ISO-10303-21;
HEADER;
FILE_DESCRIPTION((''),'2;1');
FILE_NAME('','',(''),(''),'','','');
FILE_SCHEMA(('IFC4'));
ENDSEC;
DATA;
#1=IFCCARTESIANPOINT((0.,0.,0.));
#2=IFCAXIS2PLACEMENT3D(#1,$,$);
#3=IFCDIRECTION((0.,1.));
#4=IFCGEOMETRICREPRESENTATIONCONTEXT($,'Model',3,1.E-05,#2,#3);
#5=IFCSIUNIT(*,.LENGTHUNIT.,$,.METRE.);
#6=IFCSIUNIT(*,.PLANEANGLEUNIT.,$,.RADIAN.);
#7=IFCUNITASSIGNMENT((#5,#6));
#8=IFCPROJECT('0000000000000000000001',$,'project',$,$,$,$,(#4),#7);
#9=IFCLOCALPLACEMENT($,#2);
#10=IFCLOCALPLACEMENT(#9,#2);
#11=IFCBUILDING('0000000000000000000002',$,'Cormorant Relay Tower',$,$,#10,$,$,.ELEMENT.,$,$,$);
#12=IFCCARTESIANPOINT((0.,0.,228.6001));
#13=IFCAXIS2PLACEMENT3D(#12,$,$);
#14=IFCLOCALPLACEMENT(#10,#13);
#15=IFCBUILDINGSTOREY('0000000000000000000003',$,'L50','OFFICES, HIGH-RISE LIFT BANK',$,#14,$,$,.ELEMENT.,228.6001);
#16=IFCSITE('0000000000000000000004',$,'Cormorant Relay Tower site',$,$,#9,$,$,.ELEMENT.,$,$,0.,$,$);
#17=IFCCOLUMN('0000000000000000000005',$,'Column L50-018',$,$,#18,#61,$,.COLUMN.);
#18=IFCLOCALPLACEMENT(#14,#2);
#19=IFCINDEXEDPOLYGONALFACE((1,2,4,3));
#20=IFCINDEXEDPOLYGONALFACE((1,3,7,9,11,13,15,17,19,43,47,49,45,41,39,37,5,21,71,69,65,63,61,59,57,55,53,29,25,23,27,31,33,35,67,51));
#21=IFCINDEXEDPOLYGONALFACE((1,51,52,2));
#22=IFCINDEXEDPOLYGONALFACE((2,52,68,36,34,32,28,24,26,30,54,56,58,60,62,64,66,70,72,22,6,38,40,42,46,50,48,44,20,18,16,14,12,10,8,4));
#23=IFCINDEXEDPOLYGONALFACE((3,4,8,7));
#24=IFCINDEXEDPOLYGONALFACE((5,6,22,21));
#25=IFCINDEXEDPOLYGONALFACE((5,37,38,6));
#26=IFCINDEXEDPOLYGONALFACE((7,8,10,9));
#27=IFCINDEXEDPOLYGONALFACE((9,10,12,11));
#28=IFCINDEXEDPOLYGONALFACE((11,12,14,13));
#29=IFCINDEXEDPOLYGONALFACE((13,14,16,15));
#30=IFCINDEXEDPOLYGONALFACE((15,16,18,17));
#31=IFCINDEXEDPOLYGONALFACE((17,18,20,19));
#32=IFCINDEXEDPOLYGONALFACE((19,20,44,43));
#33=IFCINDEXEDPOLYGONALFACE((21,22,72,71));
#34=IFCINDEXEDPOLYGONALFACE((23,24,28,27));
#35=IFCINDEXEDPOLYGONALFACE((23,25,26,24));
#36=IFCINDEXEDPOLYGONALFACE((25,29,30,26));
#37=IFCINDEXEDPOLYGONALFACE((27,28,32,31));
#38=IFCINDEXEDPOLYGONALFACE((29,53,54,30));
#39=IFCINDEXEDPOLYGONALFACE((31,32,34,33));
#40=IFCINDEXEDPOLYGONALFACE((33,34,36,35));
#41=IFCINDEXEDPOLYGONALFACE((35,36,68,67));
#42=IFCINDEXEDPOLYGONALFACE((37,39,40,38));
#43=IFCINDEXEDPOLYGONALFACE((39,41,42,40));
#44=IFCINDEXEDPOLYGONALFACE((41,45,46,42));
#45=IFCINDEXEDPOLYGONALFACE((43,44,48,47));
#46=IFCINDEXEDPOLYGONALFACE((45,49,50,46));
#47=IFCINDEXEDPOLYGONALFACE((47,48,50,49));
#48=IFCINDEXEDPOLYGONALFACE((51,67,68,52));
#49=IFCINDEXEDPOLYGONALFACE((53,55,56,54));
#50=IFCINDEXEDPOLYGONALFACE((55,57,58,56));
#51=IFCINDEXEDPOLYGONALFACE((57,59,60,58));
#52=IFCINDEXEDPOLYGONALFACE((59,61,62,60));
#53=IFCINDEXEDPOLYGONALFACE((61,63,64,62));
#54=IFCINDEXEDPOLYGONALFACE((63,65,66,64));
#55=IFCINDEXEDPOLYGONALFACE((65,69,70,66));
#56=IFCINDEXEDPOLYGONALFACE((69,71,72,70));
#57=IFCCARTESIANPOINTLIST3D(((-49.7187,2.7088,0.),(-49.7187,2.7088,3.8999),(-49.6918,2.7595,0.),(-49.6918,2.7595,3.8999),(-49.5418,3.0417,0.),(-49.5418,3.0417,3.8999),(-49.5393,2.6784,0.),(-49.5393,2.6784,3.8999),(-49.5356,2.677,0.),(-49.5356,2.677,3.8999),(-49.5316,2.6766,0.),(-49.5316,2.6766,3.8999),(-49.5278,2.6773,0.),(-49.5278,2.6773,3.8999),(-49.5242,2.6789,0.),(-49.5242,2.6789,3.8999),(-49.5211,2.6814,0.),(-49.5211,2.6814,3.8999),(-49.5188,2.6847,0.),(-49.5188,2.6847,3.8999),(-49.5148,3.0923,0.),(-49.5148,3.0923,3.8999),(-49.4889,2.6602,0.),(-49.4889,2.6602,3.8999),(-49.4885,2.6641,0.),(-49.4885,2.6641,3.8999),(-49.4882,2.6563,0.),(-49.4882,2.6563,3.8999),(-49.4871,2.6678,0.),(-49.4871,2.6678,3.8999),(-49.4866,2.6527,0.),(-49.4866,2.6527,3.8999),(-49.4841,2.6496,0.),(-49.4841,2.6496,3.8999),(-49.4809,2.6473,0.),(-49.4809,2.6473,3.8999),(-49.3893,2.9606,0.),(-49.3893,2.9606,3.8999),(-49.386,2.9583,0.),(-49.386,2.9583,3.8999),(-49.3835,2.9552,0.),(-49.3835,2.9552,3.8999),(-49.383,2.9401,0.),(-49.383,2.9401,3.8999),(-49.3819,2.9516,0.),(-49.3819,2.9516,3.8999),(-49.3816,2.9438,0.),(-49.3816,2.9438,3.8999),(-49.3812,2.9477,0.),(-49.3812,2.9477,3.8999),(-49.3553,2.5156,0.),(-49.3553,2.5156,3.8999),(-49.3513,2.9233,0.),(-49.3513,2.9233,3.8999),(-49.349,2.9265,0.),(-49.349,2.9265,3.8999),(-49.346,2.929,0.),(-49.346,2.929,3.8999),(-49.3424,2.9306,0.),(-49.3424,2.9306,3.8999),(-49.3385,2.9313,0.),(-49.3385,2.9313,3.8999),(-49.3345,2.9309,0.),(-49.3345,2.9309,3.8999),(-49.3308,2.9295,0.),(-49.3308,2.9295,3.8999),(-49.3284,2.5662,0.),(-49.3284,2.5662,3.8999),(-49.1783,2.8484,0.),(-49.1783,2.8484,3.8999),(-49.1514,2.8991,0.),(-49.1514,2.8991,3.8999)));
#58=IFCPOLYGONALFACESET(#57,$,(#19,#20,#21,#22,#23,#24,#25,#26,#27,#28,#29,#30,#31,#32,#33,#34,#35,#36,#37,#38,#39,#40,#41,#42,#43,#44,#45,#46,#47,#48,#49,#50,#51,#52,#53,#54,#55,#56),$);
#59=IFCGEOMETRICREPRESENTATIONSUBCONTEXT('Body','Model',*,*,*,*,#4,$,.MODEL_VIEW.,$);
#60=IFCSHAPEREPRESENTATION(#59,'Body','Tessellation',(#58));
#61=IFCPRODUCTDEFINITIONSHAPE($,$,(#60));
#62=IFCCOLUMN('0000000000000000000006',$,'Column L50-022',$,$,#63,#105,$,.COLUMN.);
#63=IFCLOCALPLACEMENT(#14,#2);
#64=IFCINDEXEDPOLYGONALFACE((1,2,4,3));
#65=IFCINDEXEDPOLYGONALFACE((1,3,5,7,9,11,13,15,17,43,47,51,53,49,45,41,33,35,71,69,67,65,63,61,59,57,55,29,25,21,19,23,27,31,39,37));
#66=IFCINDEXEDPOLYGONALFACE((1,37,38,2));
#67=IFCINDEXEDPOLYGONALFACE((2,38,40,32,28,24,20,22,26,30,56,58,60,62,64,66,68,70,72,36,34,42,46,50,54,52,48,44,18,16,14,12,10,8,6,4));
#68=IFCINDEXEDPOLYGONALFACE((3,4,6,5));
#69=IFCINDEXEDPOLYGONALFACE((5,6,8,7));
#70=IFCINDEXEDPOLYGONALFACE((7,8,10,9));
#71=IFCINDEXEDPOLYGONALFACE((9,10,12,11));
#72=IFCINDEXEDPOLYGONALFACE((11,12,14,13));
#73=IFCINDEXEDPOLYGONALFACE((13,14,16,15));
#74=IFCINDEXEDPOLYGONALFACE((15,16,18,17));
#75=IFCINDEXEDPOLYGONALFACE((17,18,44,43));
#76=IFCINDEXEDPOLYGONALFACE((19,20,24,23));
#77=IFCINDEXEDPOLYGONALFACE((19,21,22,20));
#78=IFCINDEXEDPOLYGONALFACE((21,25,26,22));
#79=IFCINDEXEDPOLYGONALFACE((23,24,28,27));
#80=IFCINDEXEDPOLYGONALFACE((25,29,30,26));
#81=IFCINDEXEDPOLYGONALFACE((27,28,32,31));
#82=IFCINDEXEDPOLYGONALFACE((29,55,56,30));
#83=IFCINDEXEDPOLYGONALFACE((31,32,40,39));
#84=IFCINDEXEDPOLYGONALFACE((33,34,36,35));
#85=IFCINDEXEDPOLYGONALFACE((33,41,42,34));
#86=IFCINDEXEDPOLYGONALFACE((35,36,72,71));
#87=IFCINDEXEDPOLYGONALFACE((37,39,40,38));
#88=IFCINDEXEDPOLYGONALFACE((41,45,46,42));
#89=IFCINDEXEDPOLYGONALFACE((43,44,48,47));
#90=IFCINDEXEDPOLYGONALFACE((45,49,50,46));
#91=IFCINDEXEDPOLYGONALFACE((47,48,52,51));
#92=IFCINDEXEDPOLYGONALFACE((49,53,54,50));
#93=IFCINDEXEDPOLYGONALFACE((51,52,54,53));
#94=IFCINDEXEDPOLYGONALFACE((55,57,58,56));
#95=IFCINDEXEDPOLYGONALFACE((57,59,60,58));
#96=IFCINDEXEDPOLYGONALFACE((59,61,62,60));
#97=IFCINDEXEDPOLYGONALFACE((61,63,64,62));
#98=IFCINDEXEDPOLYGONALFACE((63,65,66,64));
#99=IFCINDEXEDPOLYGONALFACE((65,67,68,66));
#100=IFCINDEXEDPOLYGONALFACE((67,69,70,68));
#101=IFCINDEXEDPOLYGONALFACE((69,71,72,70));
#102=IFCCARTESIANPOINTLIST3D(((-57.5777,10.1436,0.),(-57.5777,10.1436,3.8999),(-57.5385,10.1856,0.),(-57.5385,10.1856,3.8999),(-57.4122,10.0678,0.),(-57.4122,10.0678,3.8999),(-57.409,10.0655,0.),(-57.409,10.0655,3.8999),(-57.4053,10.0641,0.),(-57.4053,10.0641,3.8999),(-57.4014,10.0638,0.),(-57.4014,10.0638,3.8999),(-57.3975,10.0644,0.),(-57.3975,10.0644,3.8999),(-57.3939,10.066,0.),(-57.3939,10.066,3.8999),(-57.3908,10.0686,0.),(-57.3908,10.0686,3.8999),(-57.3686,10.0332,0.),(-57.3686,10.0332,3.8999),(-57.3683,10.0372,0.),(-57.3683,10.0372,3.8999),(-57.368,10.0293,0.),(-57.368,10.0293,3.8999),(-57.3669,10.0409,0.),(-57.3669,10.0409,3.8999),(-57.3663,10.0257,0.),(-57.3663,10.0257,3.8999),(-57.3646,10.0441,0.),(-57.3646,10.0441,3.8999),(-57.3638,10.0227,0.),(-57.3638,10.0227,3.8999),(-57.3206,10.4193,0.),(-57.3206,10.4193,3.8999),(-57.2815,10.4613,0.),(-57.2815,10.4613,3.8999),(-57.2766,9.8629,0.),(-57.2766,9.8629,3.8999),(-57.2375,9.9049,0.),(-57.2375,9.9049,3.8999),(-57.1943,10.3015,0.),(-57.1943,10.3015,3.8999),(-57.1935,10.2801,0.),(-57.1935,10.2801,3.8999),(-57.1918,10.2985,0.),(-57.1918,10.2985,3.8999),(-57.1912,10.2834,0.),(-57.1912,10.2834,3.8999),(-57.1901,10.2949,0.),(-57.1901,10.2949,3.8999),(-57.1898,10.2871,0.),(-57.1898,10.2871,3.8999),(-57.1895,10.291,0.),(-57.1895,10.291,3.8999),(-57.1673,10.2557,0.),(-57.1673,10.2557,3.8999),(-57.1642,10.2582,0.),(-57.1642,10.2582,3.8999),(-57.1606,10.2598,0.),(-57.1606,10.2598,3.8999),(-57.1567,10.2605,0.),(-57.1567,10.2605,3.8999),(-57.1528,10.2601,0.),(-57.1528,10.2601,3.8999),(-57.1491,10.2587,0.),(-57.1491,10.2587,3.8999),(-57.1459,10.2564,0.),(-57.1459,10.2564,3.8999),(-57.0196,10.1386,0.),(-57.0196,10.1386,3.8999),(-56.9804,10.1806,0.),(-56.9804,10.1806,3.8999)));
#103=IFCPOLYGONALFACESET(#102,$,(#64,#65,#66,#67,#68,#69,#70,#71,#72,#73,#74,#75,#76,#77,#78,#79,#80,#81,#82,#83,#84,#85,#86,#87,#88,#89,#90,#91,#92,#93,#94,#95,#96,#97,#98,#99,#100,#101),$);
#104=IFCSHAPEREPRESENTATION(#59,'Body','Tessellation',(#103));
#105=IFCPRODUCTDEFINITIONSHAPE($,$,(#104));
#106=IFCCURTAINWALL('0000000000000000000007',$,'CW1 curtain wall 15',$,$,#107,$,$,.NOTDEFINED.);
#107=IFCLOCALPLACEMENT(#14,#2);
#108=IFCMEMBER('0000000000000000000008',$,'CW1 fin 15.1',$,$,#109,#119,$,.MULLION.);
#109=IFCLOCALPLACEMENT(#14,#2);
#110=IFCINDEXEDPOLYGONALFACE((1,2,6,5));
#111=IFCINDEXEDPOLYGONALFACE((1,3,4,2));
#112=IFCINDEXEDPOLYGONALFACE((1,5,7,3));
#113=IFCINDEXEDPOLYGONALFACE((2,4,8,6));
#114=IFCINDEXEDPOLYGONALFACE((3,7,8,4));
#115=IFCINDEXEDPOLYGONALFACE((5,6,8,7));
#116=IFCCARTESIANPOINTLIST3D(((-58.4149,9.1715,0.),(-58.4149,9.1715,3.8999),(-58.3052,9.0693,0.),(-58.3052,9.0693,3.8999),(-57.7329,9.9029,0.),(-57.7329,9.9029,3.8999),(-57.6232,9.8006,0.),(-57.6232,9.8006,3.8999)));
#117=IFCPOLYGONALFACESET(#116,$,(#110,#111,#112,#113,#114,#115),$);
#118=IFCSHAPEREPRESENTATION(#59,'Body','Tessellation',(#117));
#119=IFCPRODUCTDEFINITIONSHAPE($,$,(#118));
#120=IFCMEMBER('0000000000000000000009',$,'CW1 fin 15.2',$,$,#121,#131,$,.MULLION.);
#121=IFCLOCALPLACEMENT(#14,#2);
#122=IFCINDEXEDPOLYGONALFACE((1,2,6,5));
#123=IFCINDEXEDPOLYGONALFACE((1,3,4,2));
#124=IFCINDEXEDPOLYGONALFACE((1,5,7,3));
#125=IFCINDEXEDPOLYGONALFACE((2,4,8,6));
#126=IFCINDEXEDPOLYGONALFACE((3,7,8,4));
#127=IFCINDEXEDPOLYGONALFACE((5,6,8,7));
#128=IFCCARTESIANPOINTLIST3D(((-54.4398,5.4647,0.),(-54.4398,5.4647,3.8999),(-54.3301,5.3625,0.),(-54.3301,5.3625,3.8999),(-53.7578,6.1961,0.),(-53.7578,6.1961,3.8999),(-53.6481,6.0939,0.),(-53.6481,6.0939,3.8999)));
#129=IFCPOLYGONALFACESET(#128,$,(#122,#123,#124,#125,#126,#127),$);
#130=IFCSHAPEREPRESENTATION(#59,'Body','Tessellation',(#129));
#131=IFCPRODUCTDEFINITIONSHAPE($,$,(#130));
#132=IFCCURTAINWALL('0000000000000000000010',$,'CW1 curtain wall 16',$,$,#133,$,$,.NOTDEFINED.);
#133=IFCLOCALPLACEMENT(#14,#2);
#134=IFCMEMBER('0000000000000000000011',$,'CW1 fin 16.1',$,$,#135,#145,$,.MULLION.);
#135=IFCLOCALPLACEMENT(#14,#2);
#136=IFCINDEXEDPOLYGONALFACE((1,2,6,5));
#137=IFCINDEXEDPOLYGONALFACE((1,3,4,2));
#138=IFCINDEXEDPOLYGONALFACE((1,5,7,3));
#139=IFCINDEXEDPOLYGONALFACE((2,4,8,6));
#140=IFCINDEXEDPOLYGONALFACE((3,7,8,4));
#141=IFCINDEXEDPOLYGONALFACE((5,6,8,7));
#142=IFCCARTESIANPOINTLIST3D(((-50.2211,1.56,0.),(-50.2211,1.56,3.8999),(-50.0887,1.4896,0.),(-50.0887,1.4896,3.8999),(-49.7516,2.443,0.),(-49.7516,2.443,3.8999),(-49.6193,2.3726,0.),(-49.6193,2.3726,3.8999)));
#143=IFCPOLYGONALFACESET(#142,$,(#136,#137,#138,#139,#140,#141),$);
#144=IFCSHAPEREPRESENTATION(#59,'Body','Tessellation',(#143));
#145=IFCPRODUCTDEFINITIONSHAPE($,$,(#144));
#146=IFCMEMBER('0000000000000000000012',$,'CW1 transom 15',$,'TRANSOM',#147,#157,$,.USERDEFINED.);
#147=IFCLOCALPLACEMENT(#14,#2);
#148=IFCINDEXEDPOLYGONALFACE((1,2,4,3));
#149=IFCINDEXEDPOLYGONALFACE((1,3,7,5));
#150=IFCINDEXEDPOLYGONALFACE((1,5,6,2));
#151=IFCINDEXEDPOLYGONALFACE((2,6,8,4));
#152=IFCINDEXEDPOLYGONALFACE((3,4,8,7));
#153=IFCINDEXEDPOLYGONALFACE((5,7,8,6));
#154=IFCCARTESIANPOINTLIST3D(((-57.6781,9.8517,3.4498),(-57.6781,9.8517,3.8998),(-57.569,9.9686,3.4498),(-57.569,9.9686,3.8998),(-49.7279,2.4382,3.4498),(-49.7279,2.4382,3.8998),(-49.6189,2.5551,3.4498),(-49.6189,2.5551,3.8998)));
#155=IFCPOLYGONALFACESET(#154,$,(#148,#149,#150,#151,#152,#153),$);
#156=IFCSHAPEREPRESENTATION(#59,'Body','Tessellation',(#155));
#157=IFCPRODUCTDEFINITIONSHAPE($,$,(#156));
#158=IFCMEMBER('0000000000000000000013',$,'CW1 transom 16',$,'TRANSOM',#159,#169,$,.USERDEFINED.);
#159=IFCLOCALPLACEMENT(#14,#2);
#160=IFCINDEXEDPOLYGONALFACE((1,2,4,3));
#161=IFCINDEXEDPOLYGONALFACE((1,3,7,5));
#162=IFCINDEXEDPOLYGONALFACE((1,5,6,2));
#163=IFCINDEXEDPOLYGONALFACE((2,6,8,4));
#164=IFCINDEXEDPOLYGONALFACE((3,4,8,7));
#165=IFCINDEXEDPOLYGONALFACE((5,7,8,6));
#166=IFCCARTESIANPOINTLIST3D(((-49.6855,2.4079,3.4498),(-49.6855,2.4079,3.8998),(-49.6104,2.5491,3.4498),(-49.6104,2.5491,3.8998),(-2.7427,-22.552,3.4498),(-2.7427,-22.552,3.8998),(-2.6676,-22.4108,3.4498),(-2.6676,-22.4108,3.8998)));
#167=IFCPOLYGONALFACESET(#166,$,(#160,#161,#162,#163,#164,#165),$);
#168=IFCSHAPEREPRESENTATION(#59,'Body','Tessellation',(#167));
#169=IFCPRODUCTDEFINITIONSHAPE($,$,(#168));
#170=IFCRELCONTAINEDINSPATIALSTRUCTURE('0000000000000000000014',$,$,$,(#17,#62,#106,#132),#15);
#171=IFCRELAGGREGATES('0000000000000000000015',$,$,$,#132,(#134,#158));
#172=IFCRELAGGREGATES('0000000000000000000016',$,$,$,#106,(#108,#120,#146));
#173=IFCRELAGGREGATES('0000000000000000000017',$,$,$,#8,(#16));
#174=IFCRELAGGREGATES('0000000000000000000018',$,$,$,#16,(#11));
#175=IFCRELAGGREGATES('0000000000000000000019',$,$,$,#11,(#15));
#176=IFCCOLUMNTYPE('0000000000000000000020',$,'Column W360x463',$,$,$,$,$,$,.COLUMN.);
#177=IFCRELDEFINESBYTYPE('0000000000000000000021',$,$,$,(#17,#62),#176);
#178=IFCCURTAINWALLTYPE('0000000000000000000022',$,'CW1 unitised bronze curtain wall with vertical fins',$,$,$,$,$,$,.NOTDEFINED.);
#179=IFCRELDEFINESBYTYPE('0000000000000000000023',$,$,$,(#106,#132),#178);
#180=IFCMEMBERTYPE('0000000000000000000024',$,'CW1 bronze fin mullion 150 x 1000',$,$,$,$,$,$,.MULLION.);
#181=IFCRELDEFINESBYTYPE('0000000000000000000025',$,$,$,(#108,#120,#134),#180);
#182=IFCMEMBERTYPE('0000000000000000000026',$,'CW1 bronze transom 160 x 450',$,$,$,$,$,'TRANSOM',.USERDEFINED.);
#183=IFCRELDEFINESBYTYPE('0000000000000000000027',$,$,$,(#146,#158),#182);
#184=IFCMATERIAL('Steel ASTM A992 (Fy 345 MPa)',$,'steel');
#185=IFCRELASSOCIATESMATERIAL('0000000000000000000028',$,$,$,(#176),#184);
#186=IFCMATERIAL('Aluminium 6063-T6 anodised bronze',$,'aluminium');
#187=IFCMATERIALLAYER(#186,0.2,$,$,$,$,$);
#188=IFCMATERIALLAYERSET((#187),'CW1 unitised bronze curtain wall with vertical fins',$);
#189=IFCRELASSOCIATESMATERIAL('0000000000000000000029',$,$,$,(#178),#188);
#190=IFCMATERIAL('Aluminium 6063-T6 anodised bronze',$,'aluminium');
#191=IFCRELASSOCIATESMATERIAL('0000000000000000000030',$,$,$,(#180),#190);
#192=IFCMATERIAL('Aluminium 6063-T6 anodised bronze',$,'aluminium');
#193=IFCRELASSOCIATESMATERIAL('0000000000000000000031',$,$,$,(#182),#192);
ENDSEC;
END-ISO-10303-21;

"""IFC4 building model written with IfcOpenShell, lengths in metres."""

from ifc_helpers import new_model, si_unit, direction, frame, origin, origin_2d, place, context, subcontext, project, spatial, rectangle, i_section, extrude, material, layer, layer_set, material_profile, profile_set, type_object, element, aggregate, save


model = new_model("IFC4")

# Units and contexts
model_context = context("Model", 3, precision=1e-05, world=origin(), true_north=direction((0.0, 1.0)))
body_context = subcontext(model_context, "Body", "Model", "MODEL_VIEW")
ifc_project = project(units=[si_unit("LENGTHUNIT", "METRE"), si_unit("PLANEANGLEUNIT", "RADIAN")], contexts=[model_context])

# Site, building, storey
site_placement = place(None, origin())
site = spatial("IfcSite", under=ifc_project, at=site_placement, Name="Cormorant Relay Tower site", CompositionType="ELEMENT", RefElevation=0.0)
building_placement = place(site_placement, origin())
building = spatial("IfcBuilding", under=site, at=building_placement, Name="Cormorant Relay Tower", CompositionType="ELEMENT")
storey_placement = place(building_placement, frame((0.0, 0.0, 228.6001)))
storey = spatial("IfcBuildingStorey", under=building, at=storey_placement, Name="L50", Description="OFFICES, HIGH-RISE LIFT BANK", CompositionType="ELEMENT", Elevation=228.6001)

# Columns
ifc_material_1 = material(Name="Steel ASTM A992 (Fy 345 MPa)", Category="steel")
ifc_material_profile_1 = material_profile(ifc_material_1, i_section(OverallWidth=0.4116, OverallDepth=0.4343, WebThickness=0.0359, FlangeThickness=0.0574, FilletRadius=0.0151, at=origin_2d()), Name="W360x463")
ifc_profile_set_1 = profile_set([ifc_material_profile_1], Name="Steel ASTM A992 (Fy 345 MPa)")
column_type = type_object("IfcColumnType", Name="Column W360x463", PredefinedType="COLUMN", material=ifc_profile_set_1)
for number, where, z_axis, x_axis, name in (
    (1, (-49.4351, 2.804, 0.0), (0.0, 0.0, 1.0), (0.882948, -0.469472, 0.0), "Column L50-018"),
    (2, (-57.2791, 10.1621, 0.0), (0.0, 0.0, 1.0), (0.731354, -0.681998, 0.0), "Column L50-022"),
):
    element("IfcColumn", number, at=place(storey_placement, frame(where, z_axis=z_axis, x_axis=x_axis)), inside=storey, type_object=column_type, Name=name, PredefinedType="COLUMN", context=body_context, shape_type="SweptSolid", body=[
        extrude(i_section(OverallWidth=0.4116, OverallDepth=0.4343, WebThickness=0.0359, FlangeThickness=0.0574, FilletRadius=0.0151, at=origin_2d()), origin(), (0.0, 0.0, 1.0), 3.8999),
    ])

# Curtain wall, members
ifc_material_2 = material(Name="Aluminium 6063-T6 anodised bronze", Category="aluminium")
ifc_layer_1 = layer(ifc_material_2, 0.2)
ifc_layer_set_1 = layer_set([ifc_layer_1], Name="CW1 unitised bronze curtain wall with vertical fins")
curtain_wall_type = type_object("IfcCurtainWallType", Name="CW1 unitised bronze curtain wall with vertical fins", PredefinedType="NOTDEFINED", material=ifc_layer_set_1)
curtain_wall_1_placement = place(storey_placement, origin())
curtain_wall_1 = element("IfcCurtainWall", 3, at=curtain_wall_1_placement, inside=storey, type_object=curtain_wall_type, Name="CW1 curtain wall 15", PredefinedType="NOTDEFINED")
ifc_material_3 = material(Name="Aluminium 6063-T6 anodised bronze", Category="aluminium")
ifc_material_profile_2 = material_profile(ifc_material_3, rectangle(XDim=0.1499, YDim=1.0, at=origin_2d()), Name="AL 150x1000")
ifc_profile_set_2 = profile_set([ifc_material_profile_2], Name="Aluminium 6063-T6 anodised bronze")
member_type_1 = type_object("IfcMemberType", Name="CW1 bronze fin mullion 150 x 1000", PredefinedType="MULLION", material=ifc_profile_set_2)
member_1_placement = place(storey_placement, frame((-58.019, 9.4861, 0.0), z_axis=(0.0, 0.0, 1.0), x_axis=(0.731354, -0.681998, 0.0)))
member_1 = element("IfcMember", 4, at=member_1_placement, type_object=member_type_1, Name="CW1 fin 15.1", PredefinedType="MULLION", context=body_context, shape_type="SweptSolid", body=[
    extrude(rectangle(XDim=0.1499, YDim=1.0, at=origin_2d()), origin(), (0.0, 0.0, 1.0), 3.8999),
])
member_2_placement = place(storey_placement, frame((-54.0439, 5.7793, 0.0), z_axis=(0.0, 0.0, 1.0), x_axis=(0.731354, -0.681998, 0.0)))
member_2 = element("IfcMember", 5, at=member_2_placement, type_object=member_type_1, Name="CW1 fin 15.2", PredefinedType="MULLION", context=body_context, shape_type="SweptSolid", body=[
    extrude(rectangle(XDim=0.1499, YDim=1.0, at=origin_2d()), origin(), (0.0, 0.0, 1.0), 3.8999),
])

# Curtain wall, member
curtain_wall_2_placement = place(storey_placement, origin())
curtain_wall_2 = element("IfcCurtainWall", 6, at=curtain_wall_2_placement, inside=storey, type_object=curtain_wall_type, Name="CW1 curtain wall 16", PredefinedType="NOTDEFINED")
member_3_placement = place(storey_placement, frame((-49.9202, 1.9663, 0.0), z_axis=(0.0, 0.0, 1.0), x_axis=(0.882948, -0.469472, 0.0)))
member_3 = element("IfcMember", 7, at=member_3_placement, type_object=member_type_1, Name="CW1 fin 16.1", PredefinedType="MULLION", context=body_context, shape_type="SweptSolid", body=[
    extrude(rectangle(XDim=0.1499, YDim=1.0, at=origin_2d()), origin(), (0.0, 0.0, 1.0), 3.8999),
])

# Members
ifc_material_4 = material(Name="Aluminium 6063-T6 anodised bronze", Category="aluminium")
ifc_material_profile_3 = material_profile(ifc_material_4, rectangle(XDim=0.1599, YDim=0.45, at=origin_2d()), Name="AL 160x450")
ifc_profile_set_3 = profile_set([ifc_material_profile_3], Name="Aluminium 6063-T6 anodised bronze")
member_type_2 = type_object("IfcMemberType", Name="CW1 bronze transom 160 x 450", ElementType="TRANSOM", PredefinedType="USERDEFINED", material=ifc_profile_set_3)
member_4_placement = place(storey_placement, frame((-57.6235, 9.9102, 3.6748), z_axis=(0.731358, -0.681993, 0.0), x_axis=(0.681993, 0.731358, 0.0)))
member_4 = element("IfcMember", 8, at=member_4_placement, type_object=member_type_2, Name="CW1 transom 15", ObjectType="TRANSOM", PredefinedType="USERDEFINED", context=body_context, shape_type="SweptSolid", body=[
    extrude(rectangle(XDim=0.1599, YDim=0.45, at=origin_2d()), origin(), (0.0, 0.0, 1.0), 10.8704),
])
member_5_placement = place(storey_placement, frame((-49.6479, 2.4785, 3.6748), z_axis=(0.882948, -0.469471, 0.0), x_axis=(0.469471, 0.882948, 0.0)))
member_5 = element("IfcMember", 9, at=member_5_placement, type_object=member_type_2, Name="CW1 transom 16", ObjectType="TRANSOM", PredefinedType="USERDEFINED", context=body_context, shape_type="SweptSolid", body=[
    extrude(rectangle(XDim=0.1599, YDim=0.45, at=origin_2d()), origin(), (0.0, 0.0, 1.0), 53.166),
])
aggregate(curtain_wall_2, [member_3, member_5])

aggregate(curtain_wall_1, [member_1, member_2, member_4])

save(model, "model.ifc")
